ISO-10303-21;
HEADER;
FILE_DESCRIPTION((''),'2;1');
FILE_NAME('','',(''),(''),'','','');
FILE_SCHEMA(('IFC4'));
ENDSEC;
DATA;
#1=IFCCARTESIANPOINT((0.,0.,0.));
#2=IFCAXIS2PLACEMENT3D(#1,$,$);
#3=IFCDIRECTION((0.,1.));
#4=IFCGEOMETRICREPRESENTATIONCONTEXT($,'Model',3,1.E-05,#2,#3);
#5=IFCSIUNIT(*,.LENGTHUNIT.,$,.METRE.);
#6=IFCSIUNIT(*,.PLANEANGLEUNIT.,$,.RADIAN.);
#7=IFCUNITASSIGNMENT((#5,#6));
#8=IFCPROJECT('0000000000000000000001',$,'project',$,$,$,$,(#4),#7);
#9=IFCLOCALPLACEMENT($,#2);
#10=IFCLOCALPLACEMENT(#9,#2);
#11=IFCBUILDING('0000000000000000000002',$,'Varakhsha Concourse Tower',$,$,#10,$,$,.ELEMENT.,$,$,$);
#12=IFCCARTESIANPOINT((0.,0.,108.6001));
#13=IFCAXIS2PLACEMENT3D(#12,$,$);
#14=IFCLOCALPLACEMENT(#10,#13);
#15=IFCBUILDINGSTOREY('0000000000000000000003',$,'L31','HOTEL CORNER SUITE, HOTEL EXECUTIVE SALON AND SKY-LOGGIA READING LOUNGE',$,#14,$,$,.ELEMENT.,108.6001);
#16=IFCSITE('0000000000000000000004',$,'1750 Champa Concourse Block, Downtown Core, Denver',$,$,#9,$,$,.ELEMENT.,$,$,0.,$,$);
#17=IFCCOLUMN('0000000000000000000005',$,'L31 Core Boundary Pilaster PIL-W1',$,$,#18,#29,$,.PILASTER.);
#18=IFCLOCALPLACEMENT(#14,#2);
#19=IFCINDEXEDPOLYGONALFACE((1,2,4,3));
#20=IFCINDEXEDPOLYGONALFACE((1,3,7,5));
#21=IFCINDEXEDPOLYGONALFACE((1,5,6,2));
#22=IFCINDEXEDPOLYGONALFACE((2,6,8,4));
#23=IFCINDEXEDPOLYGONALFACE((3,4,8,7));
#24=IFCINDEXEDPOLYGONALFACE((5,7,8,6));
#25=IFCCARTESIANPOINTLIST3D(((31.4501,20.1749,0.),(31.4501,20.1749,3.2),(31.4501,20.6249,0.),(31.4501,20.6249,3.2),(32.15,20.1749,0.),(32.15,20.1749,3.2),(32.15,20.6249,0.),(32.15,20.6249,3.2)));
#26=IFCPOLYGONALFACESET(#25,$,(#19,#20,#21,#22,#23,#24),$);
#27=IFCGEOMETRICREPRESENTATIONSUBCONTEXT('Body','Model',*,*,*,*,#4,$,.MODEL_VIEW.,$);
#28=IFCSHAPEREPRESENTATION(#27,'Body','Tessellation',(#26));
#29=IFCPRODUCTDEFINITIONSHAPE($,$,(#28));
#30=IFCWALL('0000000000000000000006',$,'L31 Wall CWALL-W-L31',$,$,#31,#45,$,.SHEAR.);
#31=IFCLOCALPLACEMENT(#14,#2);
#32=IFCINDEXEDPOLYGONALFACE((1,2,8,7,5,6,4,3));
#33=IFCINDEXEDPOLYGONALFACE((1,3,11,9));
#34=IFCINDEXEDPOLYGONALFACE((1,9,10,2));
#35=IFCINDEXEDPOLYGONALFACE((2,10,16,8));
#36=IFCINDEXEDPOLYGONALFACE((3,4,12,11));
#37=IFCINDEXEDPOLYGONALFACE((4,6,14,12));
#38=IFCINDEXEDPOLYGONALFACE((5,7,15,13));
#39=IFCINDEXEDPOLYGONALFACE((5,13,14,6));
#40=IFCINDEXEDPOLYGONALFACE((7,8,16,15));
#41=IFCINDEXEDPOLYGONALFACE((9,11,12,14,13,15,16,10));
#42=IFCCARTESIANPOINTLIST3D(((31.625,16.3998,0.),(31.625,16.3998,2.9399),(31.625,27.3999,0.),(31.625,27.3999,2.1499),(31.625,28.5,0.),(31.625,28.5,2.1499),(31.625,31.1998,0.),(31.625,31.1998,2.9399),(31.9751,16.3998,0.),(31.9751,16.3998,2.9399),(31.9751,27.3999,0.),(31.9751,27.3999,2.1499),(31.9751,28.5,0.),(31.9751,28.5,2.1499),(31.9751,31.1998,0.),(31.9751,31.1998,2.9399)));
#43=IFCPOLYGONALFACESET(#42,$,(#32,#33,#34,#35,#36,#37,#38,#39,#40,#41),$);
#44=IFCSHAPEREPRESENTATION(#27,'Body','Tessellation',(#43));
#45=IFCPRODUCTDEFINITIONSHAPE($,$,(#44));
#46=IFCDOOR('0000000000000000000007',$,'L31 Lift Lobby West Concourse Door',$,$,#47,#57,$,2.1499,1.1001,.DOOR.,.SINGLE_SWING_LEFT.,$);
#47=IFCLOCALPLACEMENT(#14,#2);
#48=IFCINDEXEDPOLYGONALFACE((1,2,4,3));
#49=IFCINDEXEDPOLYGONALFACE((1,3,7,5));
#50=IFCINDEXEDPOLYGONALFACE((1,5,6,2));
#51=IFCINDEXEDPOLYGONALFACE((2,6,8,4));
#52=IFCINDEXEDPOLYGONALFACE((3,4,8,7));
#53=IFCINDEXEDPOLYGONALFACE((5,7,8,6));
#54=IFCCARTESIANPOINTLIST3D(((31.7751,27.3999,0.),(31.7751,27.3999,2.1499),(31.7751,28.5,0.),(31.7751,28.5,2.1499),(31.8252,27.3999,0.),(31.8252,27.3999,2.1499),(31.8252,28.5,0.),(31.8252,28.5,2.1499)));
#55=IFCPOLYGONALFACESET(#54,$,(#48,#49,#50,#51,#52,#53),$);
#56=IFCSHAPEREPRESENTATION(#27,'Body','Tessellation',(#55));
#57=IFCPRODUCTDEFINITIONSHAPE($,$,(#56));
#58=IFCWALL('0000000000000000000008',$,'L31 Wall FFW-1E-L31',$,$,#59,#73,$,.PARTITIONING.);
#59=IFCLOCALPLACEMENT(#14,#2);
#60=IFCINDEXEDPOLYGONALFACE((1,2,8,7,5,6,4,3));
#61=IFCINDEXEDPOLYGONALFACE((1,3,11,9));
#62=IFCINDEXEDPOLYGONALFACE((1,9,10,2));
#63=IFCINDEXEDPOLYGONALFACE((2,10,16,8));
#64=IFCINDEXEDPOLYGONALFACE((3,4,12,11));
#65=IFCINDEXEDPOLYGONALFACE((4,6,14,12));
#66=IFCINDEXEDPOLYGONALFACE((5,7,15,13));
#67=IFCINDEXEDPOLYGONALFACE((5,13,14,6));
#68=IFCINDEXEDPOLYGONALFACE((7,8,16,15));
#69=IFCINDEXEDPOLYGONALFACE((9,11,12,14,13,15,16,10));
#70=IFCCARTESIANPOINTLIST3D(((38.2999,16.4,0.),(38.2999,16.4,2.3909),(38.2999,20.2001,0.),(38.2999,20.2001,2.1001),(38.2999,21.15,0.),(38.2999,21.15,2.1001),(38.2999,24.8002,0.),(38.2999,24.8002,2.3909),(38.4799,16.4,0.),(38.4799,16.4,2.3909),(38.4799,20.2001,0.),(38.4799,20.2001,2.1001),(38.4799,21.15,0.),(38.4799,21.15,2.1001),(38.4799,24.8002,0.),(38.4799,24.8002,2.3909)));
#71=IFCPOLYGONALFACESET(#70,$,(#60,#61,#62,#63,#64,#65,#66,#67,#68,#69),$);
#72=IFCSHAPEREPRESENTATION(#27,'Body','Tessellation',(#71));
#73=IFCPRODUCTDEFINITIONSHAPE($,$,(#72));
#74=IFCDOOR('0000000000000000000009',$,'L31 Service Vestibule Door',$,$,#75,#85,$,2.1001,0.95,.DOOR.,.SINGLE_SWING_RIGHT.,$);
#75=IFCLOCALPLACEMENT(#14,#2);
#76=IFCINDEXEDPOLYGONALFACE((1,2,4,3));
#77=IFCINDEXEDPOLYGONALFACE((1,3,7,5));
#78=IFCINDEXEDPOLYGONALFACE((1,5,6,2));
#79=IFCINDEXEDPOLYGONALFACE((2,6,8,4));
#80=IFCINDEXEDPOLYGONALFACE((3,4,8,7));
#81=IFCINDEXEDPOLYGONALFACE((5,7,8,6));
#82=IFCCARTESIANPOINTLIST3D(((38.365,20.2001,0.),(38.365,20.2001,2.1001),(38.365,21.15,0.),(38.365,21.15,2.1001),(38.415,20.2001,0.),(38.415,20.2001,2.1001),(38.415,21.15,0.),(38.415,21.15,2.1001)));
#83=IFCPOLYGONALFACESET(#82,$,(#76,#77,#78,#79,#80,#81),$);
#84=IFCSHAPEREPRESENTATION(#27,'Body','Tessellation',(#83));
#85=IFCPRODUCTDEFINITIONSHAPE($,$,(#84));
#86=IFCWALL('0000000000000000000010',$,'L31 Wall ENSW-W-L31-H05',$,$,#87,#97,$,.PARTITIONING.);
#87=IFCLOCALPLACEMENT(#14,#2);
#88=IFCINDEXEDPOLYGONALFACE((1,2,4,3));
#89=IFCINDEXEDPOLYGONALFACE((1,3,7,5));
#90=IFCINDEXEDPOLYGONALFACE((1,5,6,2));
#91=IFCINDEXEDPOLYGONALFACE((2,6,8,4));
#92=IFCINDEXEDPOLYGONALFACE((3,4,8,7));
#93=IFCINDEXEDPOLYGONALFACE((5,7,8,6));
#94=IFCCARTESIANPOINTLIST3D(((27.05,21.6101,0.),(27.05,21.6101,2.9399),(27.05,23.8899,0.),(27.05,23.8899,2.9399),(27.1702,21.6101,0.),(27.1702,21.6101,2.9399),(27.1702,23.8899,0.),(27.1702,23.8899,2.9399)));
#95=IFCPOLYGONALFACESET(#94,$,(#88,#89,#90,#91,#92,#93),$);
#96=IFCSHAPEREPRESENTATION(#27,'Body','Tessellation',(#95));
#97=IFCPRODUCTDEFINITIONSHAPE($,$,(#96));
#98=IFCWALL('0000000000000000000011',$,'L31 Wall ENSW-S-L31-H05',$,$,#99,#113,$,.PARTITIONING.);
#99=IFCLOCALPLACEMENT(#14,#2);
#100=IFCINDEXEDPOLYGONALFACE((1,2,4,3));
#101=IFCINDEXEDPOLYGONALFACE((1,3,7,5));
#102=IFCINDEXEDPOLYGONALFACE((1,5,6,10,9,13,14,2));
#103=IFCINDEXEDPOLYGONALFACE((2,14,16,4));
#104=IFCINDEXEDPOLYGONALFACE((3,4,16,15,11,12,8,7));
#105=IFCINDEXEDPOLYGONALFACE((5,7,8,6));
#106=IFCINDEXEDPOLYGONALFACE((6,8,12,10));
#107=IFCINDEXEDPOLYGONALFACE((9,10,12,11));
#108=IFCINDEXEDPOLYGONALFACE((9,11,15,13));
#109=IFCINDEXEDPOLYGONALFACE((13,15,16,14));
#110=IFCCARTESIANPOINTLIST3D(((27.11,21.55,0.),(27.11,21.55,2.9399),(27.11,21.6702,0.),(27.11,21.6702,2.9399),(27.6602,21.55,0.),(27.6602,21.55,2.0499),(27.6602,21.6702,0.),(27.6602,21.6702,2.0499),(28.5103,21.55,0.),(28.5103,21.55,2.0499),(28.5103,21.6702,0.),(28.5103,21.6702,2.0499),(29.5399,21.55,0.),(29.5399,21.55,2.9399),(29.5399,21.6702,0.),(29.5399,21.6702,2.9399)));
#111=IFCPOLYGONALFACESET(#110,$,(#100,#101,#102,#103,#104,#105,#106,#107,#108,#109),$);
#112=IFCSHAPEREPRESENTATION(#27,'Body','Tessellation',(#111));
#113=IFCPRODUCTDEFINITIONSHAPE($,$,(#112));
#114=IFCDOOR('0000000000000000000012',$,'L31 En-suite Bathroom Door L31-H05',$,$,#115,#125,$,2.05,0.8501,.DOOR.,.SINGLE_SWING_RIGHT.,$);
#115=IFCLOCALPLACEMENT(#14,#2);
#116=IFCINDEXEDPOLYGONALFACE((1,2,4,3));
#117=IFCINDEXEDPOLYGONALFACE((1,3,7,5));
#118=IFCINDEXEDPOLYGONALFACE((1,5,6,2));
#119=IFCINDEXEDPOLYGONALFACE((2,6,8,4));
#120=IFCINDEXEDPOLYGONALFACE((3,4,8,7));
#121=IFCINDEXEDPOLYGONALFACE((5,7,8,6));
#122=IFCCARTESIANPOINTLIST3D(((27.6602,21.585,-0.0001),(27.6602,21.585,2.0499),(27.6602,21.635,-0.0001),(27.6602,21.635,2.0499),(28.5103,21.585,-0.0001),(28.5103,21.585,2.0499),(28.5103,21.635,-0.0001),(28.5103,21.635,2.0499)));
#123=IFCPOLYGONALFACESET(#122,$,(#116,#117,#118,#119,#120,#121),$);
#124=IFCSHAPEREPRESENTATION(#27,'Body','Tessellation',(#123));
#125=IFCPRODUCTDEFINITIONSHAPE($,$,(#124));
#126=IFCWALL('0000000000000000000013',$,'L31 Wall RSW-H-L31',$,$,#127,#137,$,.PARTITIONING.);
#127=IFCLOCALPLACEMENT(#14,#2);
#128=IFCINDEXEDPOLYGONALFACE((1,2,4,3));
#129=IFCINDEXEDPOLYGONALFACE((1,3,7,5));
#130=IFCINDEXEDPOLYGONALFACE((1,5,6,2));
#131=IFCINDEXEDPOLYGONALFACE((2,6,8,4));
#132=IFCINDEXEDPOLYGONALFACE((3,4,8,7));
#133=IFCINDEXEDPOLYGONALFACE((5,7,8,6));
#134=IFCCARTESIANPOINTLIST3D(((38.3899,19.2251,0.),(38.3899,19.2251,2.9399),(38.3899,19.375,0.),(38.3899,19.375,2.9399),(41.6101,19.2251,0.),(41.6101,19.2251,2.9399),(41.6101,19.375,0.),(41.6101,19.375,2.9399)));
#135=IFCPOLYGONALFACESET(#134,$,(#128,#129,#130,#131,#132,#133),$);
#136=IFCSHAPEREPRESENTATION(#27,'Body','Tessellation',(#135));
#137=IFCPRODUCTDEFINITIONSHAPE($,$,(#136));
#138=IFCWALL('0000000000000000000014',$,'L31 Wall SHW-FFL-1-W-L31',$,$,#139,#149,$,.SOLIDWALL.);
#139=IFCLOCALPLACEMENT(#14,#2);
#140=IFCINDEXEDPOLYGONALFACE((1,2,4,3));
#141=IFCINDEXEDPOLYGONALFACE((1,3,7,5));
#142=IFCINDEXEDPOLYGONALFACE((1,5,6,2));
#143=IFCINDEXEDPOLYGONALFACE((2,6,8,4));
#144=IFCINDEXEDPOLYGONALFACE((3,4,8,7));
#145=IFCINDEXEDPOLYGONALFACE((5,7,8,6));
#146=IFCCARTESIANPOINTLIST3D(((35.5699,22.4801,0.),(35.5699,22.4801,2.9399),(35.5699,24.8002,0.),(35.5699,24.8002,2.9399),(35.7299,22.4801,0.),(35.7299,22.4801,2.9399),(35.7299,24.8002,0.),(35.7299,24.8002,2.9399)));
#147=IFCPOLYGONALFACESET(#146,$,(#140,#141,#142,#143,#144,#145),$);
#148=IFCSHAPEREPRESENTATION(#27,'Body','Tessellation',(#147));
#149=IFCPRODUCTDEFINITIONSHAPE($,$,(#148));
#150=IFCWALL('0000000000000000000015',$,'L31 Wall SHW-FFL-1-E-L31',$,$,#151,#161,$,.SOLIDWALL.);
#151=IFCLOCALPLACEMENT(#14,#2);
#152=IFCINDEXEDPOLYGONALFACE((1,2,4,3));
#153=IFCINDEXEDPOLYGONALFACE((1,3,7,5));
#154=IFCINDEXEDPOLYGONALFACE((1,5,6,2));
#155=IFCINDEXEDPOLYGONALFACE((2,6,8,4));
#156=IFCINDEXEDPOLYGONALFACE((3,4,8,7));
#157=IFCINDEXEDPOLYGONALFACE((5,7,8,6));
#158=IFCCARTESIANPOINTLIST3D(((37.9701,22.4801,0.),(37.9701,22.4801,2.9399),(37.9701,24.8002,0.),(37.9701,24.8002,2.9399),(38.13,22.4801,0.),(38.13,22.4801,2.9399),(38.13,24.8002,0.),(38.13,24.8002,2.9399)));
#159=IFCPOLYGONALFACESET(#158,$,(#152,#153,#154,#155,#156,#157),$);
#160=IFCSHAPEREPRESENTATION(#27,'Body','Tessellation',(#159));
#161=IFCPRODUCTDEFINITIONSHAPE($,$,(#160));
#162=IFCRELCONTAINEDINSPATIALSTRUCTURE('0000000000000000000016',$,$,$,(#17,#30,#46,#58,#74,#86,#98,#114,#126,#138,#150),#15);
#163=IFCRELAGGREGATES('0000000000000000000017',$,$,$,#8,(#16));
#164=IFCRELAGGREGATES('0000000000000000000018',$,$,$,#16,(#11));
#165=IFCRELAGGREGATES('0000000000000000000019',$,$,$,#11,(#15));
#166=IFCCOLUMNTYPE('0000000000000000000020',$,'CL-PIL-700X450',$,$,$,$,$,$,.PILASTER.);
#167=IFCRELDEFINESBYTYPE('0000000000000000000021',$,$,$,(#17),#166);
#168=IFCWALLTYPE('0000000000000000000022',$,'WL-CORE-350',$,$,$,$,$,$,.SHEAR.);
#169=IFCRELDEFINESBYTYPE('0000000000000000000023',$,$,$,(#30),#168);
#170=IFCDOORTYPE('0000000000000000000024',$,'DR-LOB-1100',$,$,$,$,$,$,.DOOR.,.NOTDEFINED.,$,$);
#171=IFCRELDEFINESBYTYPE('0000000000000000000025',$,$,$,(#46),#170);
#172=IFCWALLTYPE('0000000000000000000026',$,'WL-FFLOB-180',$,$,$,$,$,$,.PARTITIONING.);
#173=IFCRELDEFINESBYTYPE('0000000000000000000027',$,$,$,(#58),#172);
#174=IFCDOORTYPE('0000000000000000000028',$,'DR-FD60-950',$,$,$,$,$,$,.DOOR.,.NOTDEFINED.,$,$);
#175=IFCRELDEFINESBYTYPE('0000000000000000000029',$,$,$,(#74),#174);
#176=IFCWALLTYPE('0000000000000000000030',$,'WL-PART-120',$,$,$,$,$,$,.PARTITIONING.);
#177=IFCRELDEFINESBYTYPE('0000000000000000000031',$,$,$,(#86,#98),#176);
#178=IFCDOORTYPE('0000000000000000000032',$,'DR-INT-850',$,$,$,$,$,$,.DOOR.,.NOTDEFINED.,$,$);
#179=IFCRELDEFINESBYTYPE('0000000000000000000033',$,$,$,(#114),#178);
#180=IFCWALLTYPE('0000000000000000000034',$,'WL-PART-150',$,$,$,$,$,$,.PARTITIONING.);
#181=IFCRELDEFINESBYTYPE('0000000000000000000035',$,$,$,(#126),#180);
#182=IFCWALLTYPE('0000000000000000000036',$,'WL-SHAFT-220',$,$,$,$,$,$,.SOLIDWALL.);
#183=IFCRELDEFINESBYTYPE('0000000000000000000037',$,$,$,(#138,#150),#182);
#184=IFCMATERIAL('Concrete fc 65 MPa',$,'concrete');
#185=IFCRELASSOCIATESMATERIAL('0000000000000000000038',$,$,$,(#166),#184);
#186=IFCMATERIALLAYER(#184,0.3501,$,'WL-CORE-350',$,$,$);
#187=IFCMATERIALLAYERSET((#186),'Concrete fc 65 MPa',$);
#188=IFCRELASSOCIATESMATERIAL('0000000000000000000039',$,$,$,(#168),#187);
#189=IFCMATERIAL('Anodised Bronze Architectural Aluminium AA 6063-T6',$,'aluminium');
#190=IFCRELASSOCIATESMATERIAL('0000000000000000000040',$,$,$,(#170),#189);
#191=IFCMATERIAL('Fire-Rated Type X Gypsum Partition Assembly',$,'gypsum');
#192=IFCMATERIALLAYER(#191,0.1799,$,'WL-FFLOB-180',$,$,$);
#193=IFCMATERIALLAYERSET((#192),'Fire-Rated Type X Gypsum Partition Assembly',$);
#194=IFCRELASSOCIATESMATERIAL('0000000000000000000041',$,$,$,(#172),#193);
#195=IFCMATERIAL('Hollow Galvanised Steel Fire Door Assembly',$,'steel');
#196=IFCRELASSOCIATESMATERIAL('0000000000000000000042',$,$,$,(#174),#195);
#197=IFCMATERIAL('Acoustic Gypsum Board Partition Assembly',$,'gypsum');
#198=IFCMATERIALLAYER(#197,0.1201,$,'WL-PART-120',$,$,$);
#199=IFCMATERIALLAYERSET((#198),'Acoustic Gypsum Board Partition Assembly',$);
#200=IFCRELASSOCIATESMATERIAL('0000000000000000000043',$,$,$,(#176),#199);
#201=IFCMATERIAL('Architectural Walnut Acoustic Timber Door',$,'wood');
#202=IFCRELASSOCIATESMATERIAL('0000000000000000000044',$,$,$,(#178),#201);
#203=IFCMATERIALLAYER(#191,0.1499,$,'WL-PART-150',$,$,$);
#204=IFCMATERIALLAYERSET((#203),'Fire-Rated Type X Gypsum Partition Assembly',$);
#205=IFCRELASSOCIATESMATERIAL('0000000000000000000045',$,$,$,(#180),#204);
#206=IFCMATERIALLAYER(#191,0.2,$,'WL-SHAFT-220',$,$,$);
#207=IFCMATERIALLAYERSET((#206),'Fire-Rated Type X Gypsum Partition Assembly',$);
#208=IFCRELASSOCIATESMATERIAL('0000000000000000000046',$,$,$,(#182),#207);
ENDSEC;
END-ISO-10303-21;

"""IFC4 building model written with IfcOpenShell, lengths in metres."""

from ifc_helpers import new_model, si_unit, direction, frame, frame_2d, origin, origin_2d, place, context, subcontext, project, spatial, rectangle, extrude, material, layer, layer_set, material_profile, profile_set, type_object, element, fill, save


model = new_model("IFC4")

# Units and contexts
model_context = context("Model", 3, precision=1e-05, world=origin(), true_north=direction((0.0, 1.0)))
body_context = subcontext(model_context, "Body", "Model", "MODEL_VIEW")
ifc_project = project(units=[si_unit("LENGTHUNIT", "METRE"), si_unit("PLANEANGLEUNIT", "RADIAN")], contexts=[model_context])

# Site, building, storey
site_placement = place(None, origin())
site = spatial("IfcSite", under=ifc_project, at=site_placement, Name="1750 Champa Concourse Block, Downtown Core, Denver", CompositionType="ELEMENT", RefElevation=0.0)
building_placement = place(site_placement, origin())
building = spatial("IfcBuilding", under=site, at=building_placement, Name="Varakhsha Concourse Tower", CompositionType="ELEMENT")
storey_placement = place(building_placement, frame((0.0, 0.0, 108.6001)))
storey = spatial("IfcBuildingStorey", under=building, at=storey_placement, Name="L31", Description="HOTEL CORNER SUITE, HOTEL EXECUTIVE SALON AND SKY-LOGGIA READING LOUNGE", CompositionType="ELEMENT", Elevation=108.6001)

# Column
ifc_material_1 = material(Name="Concrete fc 65 MPa", Category="concrete")
ifc_material_profile = material_profile(ifc_material_1, rectangle(XDim=0.7, YDim=0.45, at=origin_2d()), Name="RC 700x450")
ifc_profile_set = profile_set([ifc_material_profile], Name="Concrete fc 65 MPa")
column_type = type_object("IfcColumnType", Name="CL-PIL-700X450", PredefinedType="PILASTER", material=ifc_profile_set)
column_placement = place(storey_placement, frame((31.8, 20.3999, 0.0), z_axis=(0.0, 0.0, 1.0), x_axis=(1.0, 0.0, 0.0)))
element("IfcColumn", 1, at=column_placement, inside=storey, type_object=column_type, Name="L31 Core Boundary Pilaster PIL-W1", PredefinedType="PILASTER", context=body_context, shape_type="SweptSolid", body=[
    extrude(rectangle(XDim=0.7, YDim=0.45, at=origin_2d()), origin(), (0.0, 0.0, 1.0), 3.2),
])

# Walls, openings, doors
ifc_layer_1 = layer(ifc_material_1, 0.3501, Name="WL-CORE-350")
ifc_layer_set_1 = layer_set([ifc_layer_1], Name="Concrete fc 65 MPa")
wall_type_1 = type_object("IfcWallType", Name="WL-CORE-350", PredefinedType="SHEAR", material=ifc_layer_set_1)
wall_1_placement = place(storey_placement, frame((31.8, 16.3999, 0.0), z_axis=(0.0, 0.0, 1.0), x_axis=(0.0, 1.0, 0.0)))
wall_1 = element("IfcWall", 2, at=wall_1_placement, inside=storey, type_object=wall_type_1, Name="L31 Wall CWALL-W-L31", PredefinedType="SHEAR", context=body_context, shape_type="SweptSolid", body=[
    extrude(rectangle(XDim=14.8, YDim=0.3501, at=frame_2d((7.3999, 0.0))), origin(), (0.0, 0.0, 1.0), 2.9399),
])
opening_1_placement = place(wall_1_placement, frame((11.0, 0.0, 0.0)))
opening_1 = element("IfcOpeningElement", 3, at=opening_1_placement, cuts=wall_1, PredefinedType="OPENING", context=body_context, shape_type="SweptSolid", body=[
    extrude(rectangle(XDim=1.1001, YDim=2.1499, at=frame_2d((0.55, 1.075))), frame((0.0, 0.1851, 0.0), z_axis=(0.0, -1.0, 0.0), x_axis=(1.0, 0.0, 0.0)), (0.0, 0.0, 1.0), 0.3701),
])
ifc_material_2 = material(Name="Anodised Bronze Architectural Aluminium AA 6063-T6", Category="aluminium")
door_type_1 = type_object("IfcDoorType", Name="DR-LOB-1100", OperationType="NOTDEFINED", PredefinedType="DOOR", material=ifc_material_2)
door_1_placement = place(opening_1_placement, origin())
door_1 = element("IfcDoor", 4, at=door_1_placement, inside=storey, type_object=door_type_1, Name="L31 Lift Lobby West Concourse Door", OperationType="SINGLE_SWING_LEFT", OverallHeight=2.1499, OverallWidth=1.1001, PredefinedType="DOOR", context=body_context, shape_type="SweptSolid", body=[
    extrude(rectangle(XDim=1.1001, YDim=2.1499, at=frame_2d((0.55, 1.075))), frame((0.0, 0.0249, 0.0), z_axis=(0.0, -1.0, 0.0), x_axis=(1.0, 0.0, 0.0)), (0.0, 0.0, 1.0), 0.05),
])
fill(opening_1, door_1)
ifc_material_3 = material(Name="Fire-Rated Type X Gypsum Partition Assembly", Category="gypsum")
ifc_layer_2 = layer(ifc_material_3, 0.1799, Name="WL-FFLOB-180")
ifc_layer_set_2 = layer_set([ifc_layer_2], Name="Fire-Rated Type X Gypsum Partition Assembly")
wall_type_2 = type_object("IfcWallType", Name="WL-FFLOB-180", PredefinedType="PARTITIONING", material=ifc_layer_set_2)
wall_2_placement = place(storey_placement, frame((38.3899, 16.3999, 0.0), z_axis=(0.0, 0.0, 1.0), x_axis=(0.0, 1.0, 0.0)))
wall_2 = element("IfcWall", 5, at=wall_2_placement, inside=storey, type_object=wall_type_2, Name="L31 Wall FFW-1E-L31", PredefinedType="PARTITIONING", context=body_context, shape_type="SweptSolid", body=[
    extrude(rectangle(XDim=8.4001, YDim=0.1799, at=frame_2d((4.2002, 0.0))), origin(), (0.0, 0.0, 1.0), 2.3909),
])
opening_2_placement = place(wall_2_placement, frame((3.8, 0.0, 0.0)))
opening_2 = element("IfcOpeningElement", 6, at=opening_2_placement, cuts=wall_2, PredefinedType="OPENING", context=body_context, shape_type="SweptSolid", body=[
    extrude(rectangle(XDim=0.95, YDim=2.1001, at=frame_2d((0.4751, 1.05))), frame((0.0, 0.0999, 0.0), z_axis=(0.0, -1.0, 0.0), x_axis=(1.0, 0.0, 0.0)), (0.0, 0.0, 1.0), 0.2),
])
ifc_material_4 = material(Name="Hollow Galvanised Steel Fire Door Assembly", Category="steel")
door_type_2 = type_object("IfcDoorType", Name="DR-FD60-950", OperationType="NOTDEFINED", PredefinedType="DOOR", material=ifc_material_4)
door_2_placement = place(opening_2_placement, origin())
door_2 = element("IfcDoor", 7, at=door_2_placement, inside=storey, type_object=door_type_2, Name="L31 Service Vestibule Door", OperationType="SINGLE_SWING_RIGHT", OverallHeight=2.1001, OverallWidth=0.95, PredefinedType="DOOR", context=body_context, shape_type="SweptSolid", body=[
    extrude(rectangle(XDim=0.95, YDim=2.1001, at=frame_2d((0.4751, 1.05))), frame((0.0, 0.0249, 0.0), z_axis=(0.0, -1.0, 0.0), x_axis=(1.0, 0.0, 0.0)), (0.0, 0.0, 1.0), 0.05),
])
fill(opening_2, door_2)

# Wall
ifc_material_5 = material(Name="Acoustic Gypsum Board Partition Assembly", Category="gypsum")
ifc_layer_3 = layer(ifc_material_5, 0.1201, Name="WL-PART-120")
ifc_layer_set_3 = layer_set([ifc_layer_3], Name="Acoustic Gypsum Board Partition Assembly")
wall_type_3 = type_object("IfcWallType", Name="WL-PART-120", PredefinedType="PARTITIONING", material=ifc_layer_set_3)
wall_3_placement = place(storey_placement, frame((27.1101, 21.6101, 0.0), z_axis=(0.0, 0.0, 1.0), x_axis=(0.0, 1.0, 0.0)))
element("IfcWall", 8, at=wall_3_placement, inside=storey, type_object=wall_type_3, Name="L31 Wall ENSW-W-L31-H05", PredefinedType="PARTITIONING", context=body_context, shape_type="SweptSolid", body=[
    extrude(rectangle(XDim=2.2798, YDim=0.1201, at=frame_2d((1.1399, 0.0))), origin(), (0.0, 0.0, 1.0), 2.9399),
])

# Wall, opening, door
wall_4_placement = place(storey_placement, frame((27.1101, 21.6101, 0.0), z_axis=(0.0, 0.0, 1.0), x_axis=(1.0, 0.0, 0.0)))
wall_4 = element("IfcWall", 9, at=wall_4_placement, inside=storey, type_object=wall_type_3, Name="L31 Wall ENSW-S-L31-H05", PredefinedType="PARTITIONING", context=body_context, shape_type="SweptSolid", body=[
    extrude(rectangle(XDim=2.4299, YDim=0.1201, at=frame_2d((1.2148, 0.0))), origin(), (0.0, 0.0, 1.0), 2.9399),
])
opening_3_placement = place(wall_4_placement, frame((0.55, 0.0, 0.0)))
opening_3 = element("IfcOpeningElement", 10, at=opening_3_placement, cuts=wall_4, PredefinedType="OPENING", context=body_context, shape_type="SweptSolid", body=[
    extrude(rectangle(XDim=0.8501, YDim=2.05, at=frame_2d((0.425, 1.0249))), frame((0.0, 0.0701, 0.0), z_axis=(0.0, -1.0, 0.0), x_axis=(1.0, 0.0, 0.0)), (0.0, 0.0, 1.0), 0.1401),
])
ifc_material_6 = material(Name="Architectural Walnut Acoustic Timber Door", Category="wood")
door_type_3 = type_object("IfcDoorType", Name="DR-INT-850", OperationType="NOTDEFINED", PredefinedType="DOOR", material=ifc_material_6)
door_3_placement = place(opening_3_placement, origin())
door_3 = element("IfcDoor", 11, at=door_3_placement, inside=storey, type_object=door_type_3, Name="L31 En-suite Bathroom Door L31-H05", OperationType="SINGLE_SWING_RIGHT", OverallHeight=2.05, OverallWidth=0.8501, PredefinedType="DOOR", context=body_context, shape_type="SweptSolid", body=[
    extrude(rectangle(XDim=0.8501, YDim=2.05, at=frame_2d((0.425, 1.0249))), frame((0.0, 0.0249, 0.0), z_axis=(0.0, -1.0, 0.0), x_axis=(1.0, 0.0, 0.0)), (0.0, 0.0, 1.0), 0.05),
])
fill(opening_3, door_3)

# Wall
ifc_layer_4 = layer(ifc_material_3, 0.1499, Name="WL-PART-150")
ifc_layer_set_4 = layer_set([ifc_layer_4], Name="Fire-Rated Type X Gypsum Partition Assembly")
wall_type_4 = type_object("IfcWallType", Name="WL-PART-150", PredefinedType="PARTITIONING", material=ifc_layer_set_4)
wall_5_placement = place(storey_placement, frame((38.3899, 19.3, 0.0), z_axis=(0.0, 0.0, 1.0), x_axis=(1.0, 0.0, 0.0)))
element("IfcWall", 12, at=wall_5_placement, inside=storey, type_object=wall_type_4, Name="L31 Wall RSW-H-L31", PredefinedType="PARTITIONING", context=body_context, shape_type="SweptSolid", body=[
    extrude(rectangle(XDim=3.2202, YDim=0.1499, at=frame_2d((1.6101, 0.0))), origin(), (0.0, 0.0, 1.0), 2.9399),
])

# Shared definitions
ifc_layer_5 = layer(ifc_material_3, 0.2, Name="WL-SHAFT-220")
ifc_layer_set_5 = layer_set([ifc_layer_5], Name="Fire-Rated Type X Gypsum Partition Assembly")
wall_type_5 = type_object("IfcWallType", Name="WL-SHAFT-220", PredefinedType="SOLIDWALL", material=ifc_layer_set_5)

# Walls
for number, where, z_axis, x_axis, name in (
    (13, (35.6499, 22.48, 0.0), (0.0, 0.0, 1.0), (0.0, 1.0, 0.0), "L31 Wall SHW-FFL-1-W-L31"),
    (14, (38.05, 22.48, 0.0), (0.0, 0.0, 1.0), (0.0, 1.0, 0.0), "L31 Wall SHW-FFL-1-E-L31"),
):
    element("IfcWall", number, at=place(storey_placement, frame(where, z_axis=z_axis, x_axis=x_axis)), inside=storey, type_object=wall_type_5, Name=name, PredefinedType="SOLIDWALL", context=body_context, shape_type="SweptSolid", body=[
        extrude(rectangle(XDim=2.3201, YDim=0.1599, at=frame_2d((1.1602, 0.0))), origin(), (0.0, 0.0, 1.0), 2.9399),
    ])

save(model, "model.ifc")
